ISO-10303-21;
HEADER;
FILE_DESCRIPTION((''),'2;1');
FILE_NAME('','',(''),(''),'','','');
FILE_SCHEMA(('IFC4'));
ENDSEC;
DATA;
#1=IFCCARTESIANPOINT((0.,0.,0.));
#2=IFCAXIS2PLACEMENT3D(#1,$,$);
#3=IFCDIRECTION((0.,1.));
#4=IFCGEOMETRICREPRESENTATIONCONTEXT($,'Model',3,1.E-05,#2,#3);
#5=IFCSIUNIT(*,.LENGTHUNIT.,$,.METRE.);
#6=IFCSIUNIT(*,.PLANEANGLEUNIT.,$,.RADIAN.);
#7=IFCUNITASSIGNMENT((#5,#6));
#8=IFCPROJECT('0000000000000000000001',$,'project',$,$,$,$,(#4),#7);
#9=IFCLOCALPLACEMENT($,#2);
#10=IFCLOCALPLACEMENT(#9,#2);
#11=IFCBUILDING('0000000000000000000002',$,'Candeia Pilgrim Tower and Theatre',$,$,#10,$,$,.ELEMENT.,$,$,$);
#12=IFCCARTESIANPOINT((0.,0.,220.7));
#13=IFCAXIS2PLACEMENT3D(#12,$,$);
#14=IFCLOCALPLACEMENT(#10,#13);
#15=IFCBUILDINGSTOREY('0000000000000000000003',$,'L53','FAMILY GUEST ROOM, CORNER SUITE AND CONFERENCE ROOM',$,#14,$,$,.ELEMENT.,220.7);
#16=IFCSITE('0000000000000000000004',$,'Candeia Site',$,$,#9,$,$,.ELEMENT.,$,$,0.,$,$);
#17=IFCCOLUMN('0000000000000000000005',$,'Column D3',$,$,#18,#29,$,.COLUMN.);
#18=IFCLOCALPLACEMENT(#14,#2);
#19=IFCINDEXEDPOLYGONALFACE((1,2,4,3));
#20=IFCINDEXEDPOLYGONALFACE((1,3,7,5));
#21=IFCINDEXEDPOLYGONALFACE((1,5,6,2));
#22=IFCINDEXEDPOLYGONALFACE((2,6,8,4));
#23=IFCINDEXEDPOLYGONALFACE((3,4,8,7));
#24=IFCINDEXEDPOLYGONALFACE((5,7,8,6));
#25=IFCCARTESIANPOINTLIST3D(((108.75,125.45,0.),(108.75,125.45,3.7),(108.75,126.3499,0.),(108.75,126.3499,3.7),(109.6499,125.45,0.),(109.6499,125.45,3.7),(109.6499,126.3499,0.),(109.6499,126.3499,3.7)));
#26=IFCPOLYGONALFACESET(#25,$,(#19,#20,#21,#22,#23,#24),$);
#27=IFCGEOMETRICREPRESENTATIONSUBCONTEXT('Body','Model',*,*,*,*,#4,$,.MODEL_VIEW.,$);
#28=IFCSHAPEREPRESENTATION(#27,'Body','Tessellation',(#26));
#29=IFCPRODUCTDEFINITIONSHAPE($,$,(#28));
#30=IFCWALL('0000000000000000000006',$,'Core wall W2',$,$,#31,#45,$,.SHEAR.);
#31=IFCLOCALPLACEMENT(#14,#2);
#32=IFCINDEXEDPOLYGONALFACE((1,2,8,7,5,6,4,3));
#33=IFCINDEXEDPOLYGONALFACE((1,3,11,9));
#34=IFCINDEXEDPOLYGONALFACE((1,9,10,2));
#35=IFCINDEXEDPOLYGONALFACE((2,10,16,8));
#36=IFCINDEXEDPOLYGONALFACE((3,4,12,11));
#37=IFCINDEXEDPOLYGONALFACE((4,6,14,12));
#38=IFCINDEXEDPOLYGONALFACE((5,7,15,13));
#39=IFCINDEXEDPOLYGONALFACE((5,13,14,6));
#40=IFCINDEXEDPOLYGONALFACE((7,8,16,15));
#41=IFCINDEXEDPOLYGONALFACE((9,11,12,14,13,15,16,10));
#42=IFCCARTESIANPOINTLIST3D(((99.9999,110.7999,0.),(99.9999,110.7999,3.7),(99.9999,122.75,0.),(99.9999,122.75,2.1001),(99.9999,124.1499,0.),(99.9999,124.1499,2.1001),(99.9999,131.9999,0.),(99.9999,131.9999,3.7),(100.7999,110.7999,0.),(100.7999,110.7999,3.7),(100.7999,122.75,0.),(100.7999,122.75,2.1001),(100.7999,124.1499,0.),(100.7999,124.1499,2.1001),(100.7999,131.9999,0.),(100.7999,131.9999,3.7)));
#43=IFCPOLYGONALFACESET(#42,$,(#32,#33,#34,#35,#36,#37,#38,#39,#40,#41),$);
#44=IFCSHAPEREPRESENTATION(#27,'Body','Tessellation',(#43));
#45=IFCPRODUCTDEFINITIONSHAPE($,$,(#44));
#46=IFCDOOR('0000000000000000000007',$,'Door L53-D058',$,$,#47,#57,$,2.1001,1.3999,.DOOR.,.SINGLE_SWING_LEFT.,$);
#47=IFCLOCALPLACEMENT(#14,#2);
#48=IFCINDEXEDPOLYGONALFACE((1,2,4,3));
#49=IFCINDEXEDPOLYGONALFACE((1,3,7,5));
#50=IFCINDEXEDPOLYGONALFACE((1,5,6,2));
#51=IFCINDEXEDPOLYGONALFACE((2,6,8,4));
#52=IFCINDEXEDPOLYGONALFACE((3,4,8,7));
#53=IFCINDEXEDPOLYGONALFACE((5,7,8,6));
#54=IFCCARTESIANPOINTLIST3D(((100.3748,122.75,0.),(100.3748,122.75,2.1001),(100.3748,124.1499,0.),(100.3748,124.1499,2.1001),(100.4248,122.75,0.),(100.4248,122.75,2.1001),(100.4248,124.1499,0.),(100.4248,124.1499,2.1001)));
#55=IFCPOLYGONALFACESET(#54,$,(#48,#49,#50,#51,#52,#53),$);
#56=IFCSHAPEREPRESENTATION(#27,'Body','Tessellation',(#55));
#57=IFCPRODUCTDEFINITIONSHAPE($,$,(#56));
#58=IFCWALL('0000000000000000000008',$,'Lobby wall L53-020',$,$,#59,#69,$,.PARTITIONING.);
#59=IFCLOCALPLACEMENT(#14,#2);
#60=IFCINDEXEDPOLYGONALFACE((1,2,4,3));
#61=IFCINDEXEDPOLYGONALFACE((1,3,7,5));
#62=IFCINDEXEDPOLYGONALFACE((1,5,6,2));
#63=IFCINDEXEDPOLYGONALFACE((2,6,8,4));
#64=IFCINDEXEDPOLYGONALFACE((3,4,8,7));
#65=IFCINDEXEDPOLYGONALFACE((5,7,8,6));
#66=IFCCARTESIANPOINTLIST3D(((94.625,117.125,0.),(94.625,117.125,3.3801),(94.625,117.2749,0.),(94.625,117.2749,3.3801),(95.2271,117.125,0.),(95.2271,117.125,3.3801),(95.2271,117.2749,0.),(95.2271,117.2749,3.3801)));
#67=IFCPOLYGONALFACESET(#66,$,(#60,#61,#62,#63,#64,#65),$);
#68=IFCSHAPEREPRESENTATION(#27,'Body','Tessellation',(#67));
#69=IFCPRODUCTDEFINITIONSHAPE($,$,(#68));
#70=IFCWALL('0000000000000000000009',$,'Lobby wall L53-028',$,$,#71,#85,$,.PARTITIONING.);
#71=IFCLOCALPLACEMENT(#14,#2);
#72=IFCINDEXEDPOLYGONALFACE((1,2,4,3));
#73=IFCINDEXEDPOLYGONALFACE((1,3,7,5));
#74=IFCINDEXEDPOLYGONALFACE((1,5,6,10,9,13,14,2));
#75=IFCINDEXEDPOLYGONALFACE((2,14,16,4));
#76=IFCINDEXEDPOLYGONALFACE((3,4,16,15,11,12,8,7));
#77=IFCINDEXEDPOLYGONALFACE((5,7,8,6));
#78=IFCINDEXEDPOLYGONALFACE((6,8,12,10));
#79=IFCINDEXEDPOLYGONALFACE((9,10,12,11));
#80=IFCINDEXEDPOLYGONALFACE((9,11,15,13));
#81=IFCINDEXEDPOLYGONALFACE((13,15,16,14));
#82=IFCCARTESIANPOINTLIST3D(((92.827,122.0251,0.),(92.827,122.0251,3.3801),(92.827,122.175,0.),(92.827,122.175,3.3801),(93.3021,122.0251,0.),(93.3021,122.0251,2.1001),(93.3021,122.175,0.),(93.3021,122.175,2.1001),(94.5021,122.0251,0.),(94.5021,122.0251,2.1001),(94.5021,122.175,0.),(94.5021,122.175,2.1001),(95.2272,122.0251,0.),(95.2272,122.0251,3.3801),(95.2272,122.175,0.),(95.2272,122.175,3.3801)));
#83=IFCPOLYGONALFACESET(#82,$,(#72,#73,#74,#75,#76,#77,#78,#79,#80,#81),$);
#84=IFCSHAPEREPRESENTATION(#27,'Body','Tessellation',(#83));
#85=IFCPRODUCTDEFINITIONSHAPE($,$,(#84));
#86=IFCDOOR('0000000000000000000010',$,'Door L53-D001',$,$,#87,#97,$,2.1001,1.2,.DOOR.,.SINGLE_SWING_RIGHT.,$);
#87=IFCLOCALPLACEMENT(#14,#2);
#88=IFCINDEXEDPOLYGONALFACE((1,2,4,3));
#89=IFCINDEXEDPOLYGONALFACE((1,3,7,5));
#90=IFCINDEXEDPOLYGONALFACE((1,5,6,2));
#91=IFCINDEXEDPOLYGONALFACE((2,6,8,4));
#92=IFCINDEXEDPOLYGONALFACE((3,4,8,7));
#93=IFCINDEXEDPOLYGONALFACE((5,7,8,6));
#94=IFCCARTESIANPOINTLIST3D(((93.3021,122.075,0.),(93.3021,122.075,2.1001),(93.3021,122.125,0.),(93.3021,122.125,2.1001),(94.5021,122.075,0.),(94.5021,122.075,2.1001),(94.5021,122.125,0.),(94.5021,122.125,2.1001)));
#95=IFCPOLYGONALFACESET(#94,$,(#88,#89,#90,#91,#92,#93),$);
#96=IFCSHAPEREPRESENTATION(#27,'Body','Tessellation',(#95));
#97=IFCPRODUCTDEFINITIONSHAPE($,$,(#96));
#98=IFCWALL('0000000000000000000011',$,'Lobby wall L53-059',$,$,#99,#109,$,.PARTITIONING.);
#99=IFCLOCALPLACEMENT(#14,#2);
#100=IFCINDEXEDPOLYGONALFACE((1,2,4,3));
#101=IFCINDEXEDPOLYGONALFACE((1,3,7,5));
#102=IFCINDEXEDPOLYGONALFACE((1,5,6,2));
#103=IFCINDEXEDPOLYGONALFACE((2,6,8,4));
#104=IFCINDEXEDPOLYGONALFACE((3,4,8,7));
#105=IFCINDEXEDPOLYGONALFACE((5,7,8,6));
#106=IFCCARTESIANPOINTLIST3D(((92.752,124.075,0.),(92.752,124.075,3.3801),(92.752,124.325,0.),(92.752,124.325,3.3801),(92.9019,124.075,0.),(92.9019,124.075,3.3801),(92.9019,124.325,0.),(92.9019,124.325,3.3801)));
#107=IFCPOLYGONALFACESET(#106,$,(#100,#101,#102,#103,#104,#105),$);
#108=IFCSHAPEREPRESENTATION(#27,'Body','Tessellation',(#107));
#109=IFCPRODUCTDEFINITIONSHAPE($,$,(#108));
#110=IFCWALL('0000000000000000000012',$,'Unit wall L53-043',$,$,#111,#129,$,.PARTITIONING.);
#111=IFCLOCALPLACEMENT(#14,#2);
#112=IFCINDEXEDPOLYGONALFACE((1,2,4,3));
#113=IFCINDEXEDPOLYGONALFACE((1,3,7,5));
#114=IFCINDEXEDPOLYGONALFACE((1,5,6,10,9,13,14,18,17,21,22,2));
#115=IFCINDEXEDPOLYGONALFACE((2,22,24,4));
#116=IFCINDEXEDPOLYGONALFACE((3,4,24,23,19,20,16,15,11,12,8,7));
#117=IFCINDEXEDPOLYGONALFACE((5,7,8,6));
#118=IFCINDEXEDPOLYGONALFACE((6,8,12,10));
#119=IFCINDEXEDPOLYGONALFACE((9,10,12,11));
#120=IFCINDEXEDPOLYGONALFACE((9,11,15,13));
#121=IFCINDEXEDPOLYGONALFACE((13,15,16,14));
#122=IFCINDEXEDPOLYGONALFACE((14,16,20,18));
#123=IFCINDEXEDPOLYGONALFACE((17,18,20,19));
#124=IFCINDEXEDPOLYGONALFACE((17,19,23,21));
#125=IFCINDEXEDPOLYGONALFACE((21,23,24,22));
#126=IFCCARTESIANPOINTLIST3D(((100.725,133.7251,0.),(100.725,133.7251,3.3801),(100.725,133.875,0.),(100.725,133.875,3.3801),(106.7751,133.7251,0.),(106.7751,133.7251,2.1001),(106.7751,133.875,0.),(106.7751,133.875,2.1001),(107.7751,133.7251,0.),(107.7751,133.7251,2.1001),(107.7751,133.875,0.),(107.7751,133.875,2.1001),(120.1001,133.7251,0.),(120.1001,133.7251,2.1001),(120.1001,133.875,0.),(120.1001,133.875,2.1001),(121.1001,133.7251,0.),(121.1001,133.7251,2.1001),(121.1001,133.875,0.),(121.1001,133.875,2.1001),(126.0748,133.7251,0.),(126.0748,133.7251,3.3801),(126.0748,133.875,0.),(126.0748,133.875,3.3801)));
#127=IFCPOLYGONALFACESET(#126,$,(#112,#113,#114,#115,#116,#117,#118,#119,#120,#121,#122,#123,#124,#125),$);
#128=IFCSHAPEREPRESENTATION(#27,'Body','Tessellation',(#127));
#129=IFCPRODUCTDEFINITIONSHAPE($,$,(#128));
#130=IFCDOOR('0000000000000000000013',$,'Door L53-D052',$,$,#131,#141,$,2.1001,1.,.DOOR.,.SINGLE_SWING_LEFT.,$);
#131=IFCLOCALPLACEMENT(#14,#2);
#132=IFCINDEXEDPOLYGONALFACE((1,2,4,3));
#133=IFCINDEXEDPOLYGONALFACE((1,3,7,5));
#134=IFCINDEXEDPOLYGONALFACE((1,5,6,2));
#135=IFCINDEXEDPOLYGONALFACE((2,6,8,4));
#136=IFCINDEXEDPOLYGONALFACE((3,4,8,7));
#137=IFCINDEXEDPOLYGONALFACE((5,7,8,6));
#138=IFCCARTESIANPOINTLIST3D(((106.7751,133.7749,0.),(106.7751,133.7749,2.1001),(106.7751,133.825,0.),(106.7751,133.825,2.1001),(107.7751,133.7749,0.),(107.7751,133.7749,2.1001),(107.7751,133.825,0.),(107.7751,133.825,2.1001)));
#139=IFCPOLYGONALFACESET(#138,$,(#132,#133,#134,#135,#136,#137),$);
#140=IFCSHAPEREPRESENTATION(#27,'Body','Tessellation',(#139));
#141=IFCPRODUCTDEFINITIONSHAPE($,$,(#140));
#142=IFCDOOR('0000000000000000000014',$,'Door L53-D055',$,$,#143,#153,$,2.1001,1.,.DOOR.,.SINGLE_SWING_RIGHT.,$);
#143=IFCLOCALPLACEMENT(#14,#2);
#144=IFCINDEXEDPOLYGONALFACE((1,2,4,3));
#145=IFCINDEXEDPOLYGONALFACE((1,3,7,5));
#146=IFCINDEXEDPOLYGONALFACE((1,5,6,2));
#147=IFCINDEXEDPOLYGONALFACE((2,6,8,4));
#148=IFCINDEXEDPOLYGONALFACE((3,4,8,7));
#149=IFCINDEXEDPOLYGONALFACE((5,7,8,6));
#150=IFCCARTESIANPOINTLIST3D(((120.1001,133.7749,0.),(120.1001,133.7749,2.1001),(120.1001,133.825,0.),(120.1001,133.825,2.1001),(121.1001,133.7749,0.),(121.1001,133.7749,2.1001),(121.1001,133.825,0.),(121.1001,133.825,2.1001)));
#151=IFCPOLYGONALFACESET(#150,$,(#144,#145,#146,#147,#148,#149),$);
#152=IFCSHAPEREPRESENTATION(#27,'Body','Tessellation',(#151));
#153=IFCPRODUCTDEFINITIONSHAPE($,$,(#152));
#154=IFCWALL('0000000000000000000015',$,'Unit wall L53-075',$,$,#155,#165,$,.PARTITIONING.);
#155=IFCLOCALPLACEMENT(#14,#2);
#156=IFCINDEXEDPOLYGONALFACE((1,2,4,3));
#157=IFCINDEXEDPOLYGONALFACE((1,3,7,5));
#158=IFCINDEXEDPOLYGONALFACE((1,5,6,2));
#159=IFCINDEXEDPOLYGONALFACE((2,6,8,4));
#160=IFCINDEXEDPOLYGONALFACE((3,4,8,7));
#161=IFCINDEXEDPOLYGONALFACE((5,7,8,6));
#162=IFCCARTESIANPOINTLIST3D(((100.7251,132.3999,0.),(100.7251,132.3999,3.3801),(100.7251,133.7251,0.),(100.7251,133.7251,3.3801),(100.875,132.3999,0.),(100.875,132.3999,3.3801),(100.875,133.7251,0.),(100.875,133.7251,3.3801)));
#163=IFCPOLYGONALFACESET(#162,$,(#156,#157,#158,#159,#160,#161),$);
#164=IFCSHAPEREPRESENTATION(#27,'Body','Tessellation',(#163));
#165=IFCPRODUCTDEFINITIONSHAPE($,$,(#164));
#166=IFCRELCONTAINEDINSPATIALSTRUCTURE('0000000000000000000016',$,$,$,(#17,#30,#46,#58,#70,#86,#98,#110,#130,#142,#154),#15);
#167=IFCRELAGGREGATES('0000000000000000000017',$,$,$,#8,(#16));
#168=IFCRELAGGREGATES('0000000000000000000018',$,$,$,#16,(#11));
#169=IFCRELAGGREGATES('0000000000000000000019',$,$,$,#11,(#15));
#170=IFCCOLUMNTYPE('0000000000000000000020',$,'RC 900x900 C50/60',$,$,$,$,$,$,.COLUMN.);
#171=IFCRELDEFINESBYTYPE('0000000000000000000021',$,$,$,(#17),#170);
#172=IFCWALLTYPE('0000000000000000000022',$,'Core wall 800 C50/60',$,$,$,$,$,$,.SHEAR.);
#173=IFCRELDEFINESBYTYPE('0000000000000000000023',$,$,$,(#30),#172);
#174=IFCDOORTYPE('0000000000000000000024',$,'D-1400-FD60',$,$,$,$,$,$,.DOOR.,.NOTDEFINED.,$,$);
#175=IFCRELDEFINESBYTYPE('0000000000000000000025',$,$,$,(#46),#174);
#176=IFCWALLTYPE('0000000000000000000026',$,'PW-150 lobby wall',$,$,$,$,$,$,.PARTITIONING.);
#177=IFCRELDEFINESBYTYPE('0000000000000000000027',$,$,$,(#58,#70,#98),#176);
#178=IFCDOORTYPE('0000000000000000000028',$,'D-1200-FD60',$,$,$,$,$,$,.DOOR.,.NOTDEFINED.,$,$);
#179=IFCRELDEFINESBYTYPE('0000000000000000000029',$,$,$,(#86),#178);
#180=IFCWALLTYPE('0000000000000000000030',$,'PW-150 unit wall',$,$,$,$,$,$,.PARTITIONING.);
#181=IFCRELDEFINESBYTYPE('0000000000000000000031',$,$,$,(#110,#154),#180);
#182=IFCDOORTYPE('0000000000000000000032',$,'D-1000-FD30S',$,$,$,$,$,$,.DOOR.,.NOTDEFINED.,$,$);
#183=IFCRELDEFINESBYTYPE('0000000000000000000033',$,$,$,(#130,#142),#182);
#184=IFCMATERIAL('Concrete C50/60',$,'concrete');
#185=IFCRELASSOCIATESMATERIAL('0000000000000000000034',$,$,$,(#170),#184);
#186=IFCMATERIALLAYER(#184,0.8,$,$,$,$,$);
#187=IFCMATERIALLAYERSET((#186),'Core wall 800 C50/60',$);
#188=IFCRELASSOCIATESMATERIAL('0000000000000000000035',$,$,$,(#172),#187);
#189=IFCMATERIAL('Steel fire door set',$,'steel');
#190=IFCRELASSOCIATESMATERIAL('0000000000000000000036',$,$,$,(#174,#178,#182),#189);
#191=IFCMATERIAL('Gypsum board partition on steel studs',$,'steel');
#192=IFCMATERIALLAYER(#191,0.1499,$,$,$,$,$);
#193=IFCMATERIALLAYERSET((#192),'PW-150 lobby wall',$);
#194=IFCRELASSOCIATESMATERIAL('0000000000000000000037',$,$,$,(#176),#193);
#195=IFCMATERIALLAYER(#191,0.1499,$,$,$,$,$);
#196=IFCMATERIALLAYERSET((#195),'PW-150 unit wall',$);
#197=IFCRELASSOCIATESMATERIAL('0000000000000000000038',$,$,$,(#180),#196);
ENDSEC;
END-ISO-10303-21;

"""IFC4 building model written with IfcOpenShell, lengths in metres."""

from ifc_helpers import new_model, si_unit, direction, frame, frame_2d, origin, origin_2d, place, context, subcontext, project, spatial, rectangle, extrude, material, layer, layer_set, material_profile, profile_set, type_object, element, fill, save


model = new_model("IFC4")

# Units and contexts
model_context = context("Model", 3, precision=1e-05, world=origin(), true_north=direction((0.0, 1.0)))
body_context = subcontext(model_context, "Body", "Model", "MODEL_VIEW")
ifc_project = project(units=[si_unit("LENGTHUNIT", "METRE"), si_unit("PLANEANGLEUNIT", "RADIAN")], contexts=[model_context])

# Site, building, storey
site_placement = place(None, origin())
site = spatial("IfcSite", under=ifc_project, at=site_placement, Name="Candeia Site", CompositionType="ELEMENT", RefElevation=0.0)
building_placement = place(site_placement, origin())
building = spatial("IfcBuilding", under=site, at=building_placement, Name="Candeia Pilgrim Tower and Theatre", CompositionType="ELEMENT")
storey_placement = place(building_placement, frame((0.0, 0.0, 220.7)))
storey = spatial("IfcBuildingStorey", under=building, at=storey_placement, Name="L53", Description="FAMILY GUEST ROOM, CORNER SUITE AND CONFERENCE ROOM", CompositionType="ELEMENT", Elevation=220.7)

# Column
ifc_material_1 = material(Name="Concrete C50/60", Category="concrete")
ifc_material_profile = material_profile(ifc_material_1, rectangle(XDim=0.8999, YDim=0.8999, at=origin_2d()))
ifc_profile_set = profile_set([ifc_material_profile], Name="Concrete C50/60")
column_type = type_object("IfcColumnType", Name="RC 900x900 C50/60", PredefinedType="COLUMN", material=ifc_profile_set)
column_placement = place(storey_placement, frame((109.2, 125.8999, 0.0), z_axis=(0.0, 0.0, 1.0), x_axis=(1.0, 0.0, 0.0)))
element("IfcColumn", 1, at=column_placement, inside=storey, type_object=column_type, Name="Column D3", PredefinedType="COLUMN", context=body_context, shape_type="SweptSolid", body=[
    extrude(rectangle(XDim=0.8999, YDim=0.8999, at=origin_2d()), origin(), (0.0, 0.0, 1.0), 3.7),
])

# Wall, opening, door
ifc_layer_1 = layer(ifc_material_1, 0.8)
ifc_layer_set_1 = layer_set([ifc_layer_1], Name="Core wall 800 C50/60")
wall_type_1 = type_object("IfcWallType", Name="Core wall 800 C50/60", PredefinedType="SHEAR", material=ifc_layer_set_1)
wall_1_placement = place(storey_placement, frame((100.3999, 132.0, 0.0), z_axis=(0.0, 0.0, 1.0), x_axis=(0.0, -1.0, 0.0)))
wall_1 = element("IfcWall", 2, at=wall_1_placement, inside=storey, type_object=wall_type_1, Name="Core wall W2", PredefinedType="SHEAR", context=body_context, shape_type="SweptSolid", body=[
    extrude(rectangle(XDim=21.2, YDim=0.8, at=frame_2d((10.6001, 0.0))), origin(), (0.0, 0.0, 1.0), 3.7),
])
opening_1_placement = place(wall_1_placement, frame((7.8501, 0.0, 0.0)))
opening_1 = element("IfcOpeningElement", 3, at=opening_1_placement, cuts=wall_1, PredefinedType="OPENING", context=body_context, shape_type="SweptSolid", body=[
    extrude(rectangle(XDim=1.3999, YDim=2.1001, at=frame_2d((0.7, 1.05))), frame((0.0, 0.4102, 0.0), z_axis=(0.0, -1.0, 0.0), x_axis=(1.0, 0.0, 0.0)), (0.0, 0.0, 1.0), 0.8201),
])
ifc_material_2 = material(Name="Steel fire door set", Category="steel")
door_type_1 = type_object("IfcDoorType", Name="D-1400-FD60", OperationType="NOTDEFINED", PredefinedType="DOOR", material=ifc_material_2)
door_1_placement = place(opening_1_placement, origin())
door_1 = element("IfcDoor", 4, at=door_1_placement, inside=storey, type_object=door_type_1, Name="Door L53-D058", OperationType="SINGLE_SWING_LEFT", OverallHeight=2.1001, OverallWidth=1.3999, PredefinedType="DOOR", context=body_context, shape_type="SweptSolid", body=[
    extrude(rectangle(XDim=1.3999, YDim=2.1001, at=frame_2d((0.7, 1.05))), frame((0.0, 0.0249, 0.0), z_axis=(0.0, -1.0, 0.0), x_axis=(1.0, 0.0, 0.0)), (0.0, 0.0, 1.0), 0.05),
])
fill(opening_1, door_1)

# Wall
ifc_material_3 = material(Name="Gypsum board partition on steel studs", Category="steel")
ifc_layer_2 = layer(ifc_material_3, 0.1499)
ifc_layer_set_2 = layer_set([ifc_layer_2], Name="PW-150 lobby wall")
wall_type_2 = type_object("IfcWallType", Name="PW-150 lobby wall", PredefinedType="PARTITIONING", material=ifc_layer_set_2)
wall_2_placement = place(storey_placement, frame((94.625, 117.2, 0.0), z_axis=(0.0, 0.0, 1.0), x_axis=(1.0, 0.0, 0.0)))
element("IfcWall", 5, at=wall_2_placement, inside=storey, type_object=wall_type_2, Name="Lobby wall L53-020", PredefinedType="PARTITIONING", context=body_context, shape_type="SweptSolid", body=[
    extrude(rectangle(XDim=0.6021, YDim=0.1499, at=frame_2d((0.301, 0.0))), origin(), (0.0, 0.0, 1.0), 3.3801),
])

# Wall, opening, door
wall_3_placement = place(storey_placement, frame((92.8269, 122.1001, 0.0), z_axis=(0.0, 0.0, 1.0), x_axis=(1.0, 0.0, 0.0)))
wall_3 = element("IfcWall", 6, at=wall_3_placement, inside=storey, type_object=wall_type_2, Name="Lobby wall L53-028", PredefinedType="PARTITIONING", context=body_context, shape_type="SweptSolid", body=[
    extrude(rectangle(XDim=2.4001, YDim=0.1499, at=frame_2d((1.2002, 0.0))), origin(), (0.0, 0.0, 1.0), 3.3801),
])
opening_2_placement = place(wall_3_placement, frame((0.4751, 0.0, 0.0)))
opening_2 = element("IfcOpeningElement", 7, at=opening_2_placement, cuts=wall_3, PredefinedType="OPENING", context=body_context, shape_type="SweptSolid", body=[
    extrude(rectangle(XDim=1.2, YDim=2.1001, at=frame_2d((0.6001, 1.05))), frame((0.0, 0.085, 0.0), z_axis=(0.0, -1.0, 0.0), x_axis=(1.0, 0.0, 0.0)), (0.0, 0.0, 1.0), 0.1699),
])
door_type_2 = type_object("IfcDoorType", Name="D-1200-FD60", OperationType="NOTDEFINED", PredefinedType="DOOR", material=ifc_material_2)
door_2_placement = place(opening_2_placement, origin())
door_2 = element("IfcDoor", 8, at=door_2_placement, inside=storey, type_object=door_type_2, Name="Door L53-D001", OperationType="SINGLE_SWING_RIGHT", OverallHeight=2.1001, OverallWidth=1.2, PredefinedType="DOOR", context=body_context, shape_type="SweptSolid", body=[
    extrude(rectangle(XDim=1.2, YDim=2.1001, at=frame_2d((0.6001, 1.05))), frame((0.0, 0.0249, 0.0), z_axis=(0.0, -1.0, 0.0), x_axis=(1.0, 0.0, 0.0)), (0.0, 0.0, 1.0), 0.05),
])
fill(opening_2, door_2)

# Wall
wall_4_placement = place(storey_placement, frame((92.8269, 124.075, 0.0), z_axis=(0.0, 0.0, 1.0), x_axis=(0.0, 1.0, 0.0)))
element("IfcWall", 9, at=wall_4_placement, inside=storey, type_object=wall_type_2, Name="Lobby wall L53-059", PredefinedType="PARTITIONING", context=body_context, shape_type="SweptSolid", body=[
    extrude(rectangle(XDim=0.25, YDim=0.1499, at=frame_2d((0.125, 0.0))), origin(), (0.0, 0.0, 1.0), 3.3801),
])

# Wall, openings, doors
ifc_layer_3 = layer(ifc_material_3, 0.1499)
ifc_layer_set_3 = layer_set([ifc_layer_3], Name="PW-150 unit wall")
wall_type_3 = type_object("IfcWallType", Name="PW-150 unit wall", PredefinedType="PARTITIONING", material=ifc_layer_set_3)
wall_5_placement = place(storey_placement, frame((100.7251, 133.8, 0.0), z_axis=(0.0, 0.0, 1.0), x_axis=(1.0, 0.0, 0.0)))
wall_5 = element("IfcWall", 10, at=wall_5_placement, inside=storey, type_object=wall_type_3, Name="Unit wall L53-043", PredefinedType="PARTITIONING", context=body_context, shape_type="SweptSolid", body=[
    extrude(rectangle(XDim=25.3499, YDim=0.1499, at=frame_2d((12.6748, 0.0))), origin(), (0.0, 0.0, 1.0), 3.3801),
])
opening_3_placement = place(wall_5_placement, frame((6.05, 0.0, 0.0)))
opening_3 = element("IfcOpeningElement", 11, at=opening_3_placement, cuts=wall_5, PredefinedType="OPENING", context=body_context, shape_type="SweptSolid", body=[
    extrude(rectangle(XDim=1.0, YDim=2.1001, at=frame_2d((0.5, 1.05))), frame((0.0, 0.085, 0.0), z_axis=(0.0, -1.0, 0.0), x_axis=(1.0, 0.0, 0.0)), (0.0, 0.0, 1.0), 0.1699),
])
opening_4_placement = place(wall_5_placement, frame((19.375, 0.0, 0.0)))
opening_4 = element("IfcOpeningElement", 12, at=opening_4_placement, cuts=wall_5, PredefinedType="OPENING", context=body_context, shape_type="SweptSolid", body=[
    extrude(rectangle(XDim=1.0, YDim=2.1001, at=frame_2d((0.5, 1.05))), frame((0.0, 0.085, 0.0), z_axis=(0.0, -1.0, 0.0), x_axis=(1.0, 0.0, 0.0)), (0.0, 0.0, 1.0), 0.1699),
])
door_type_3 = type_object("IfcDoorType", Name="D-1000-FD30S", OperationType="NOTDEFINED", PredefinedType="DOOR", material=ifc_material_2)
door_3_placement = place(opening_3_placement, origin())
door_3 = element("IfcDoor", 13, at=door_3_placement, inside=storey, type_object=door_type_3, Name="Door L53-D052", OperationType="SINGLE_SWING_LEFT", OverallHeight=2.1001, OverallWidth=1.0, PredefinedType="DOOR", context=body_context, shape_type="SweptSolid", body=[
    extrude(rectangle(XDim=1.0, YDim=2.1001, at=frame_2d((0.5, 1.05))), frame((0.0, 0.0249, 0.0), z_axis=(0.0, -1.0, 0.0), x_axis=(1.0, 0.0, 0.0)), (0.0, 0.0, 1.0), 0.05),
])
fill(opening_3, door_3)
door_4_placement = place(opening_4_placement, origin())
door_4 = element("IfcDoor", 14, at=door_4_placement, inside=storey, type_object=door_type_3, Name="Door L53-D055", OperationType="SINGLE_SWING_RIGHT", OverallHeight=2.1001, OverallWidth=1.0, PredefinedType="DOOR", context=body_context, shape_type="SweptSolid", body=[
    extrude(rectangle(XDim=1.0, YDim=2.1001, at=frame_2d((0.5, 1.05))), frame((0.0, 0.0249, 0.0), z_axis=(0.0, -1.0, 0.0), x_axis=(1.0, 0.0, 0.0)), (0.0, 0.0, 1.0), 0.05),
])
fill(opening_4, door_4)

# Wall
wall_6_placement = place(storey_placement, frame((100.8, 132.3999, 0.0), z_axis=(0.0, 0.0, 1.0), x_axis=(0.0, 1.0, 0.0)))
element("IfcWall", 15, at=wall_6_placement, inside=storey, type_object=wall_type_3, Name="Unit wall L53-075", PredefinedType="PARTITIONING", context=body_context, shape_type="SweptSolid", body=[
    extrude(rectangle(XDim=1.3252, YDim=0.1499, at=frame_2d((0.6626, 0.0))), origin(), (0.0, 0.0, 1.0), 3.3801),
])

save(model, "model.ifc")
